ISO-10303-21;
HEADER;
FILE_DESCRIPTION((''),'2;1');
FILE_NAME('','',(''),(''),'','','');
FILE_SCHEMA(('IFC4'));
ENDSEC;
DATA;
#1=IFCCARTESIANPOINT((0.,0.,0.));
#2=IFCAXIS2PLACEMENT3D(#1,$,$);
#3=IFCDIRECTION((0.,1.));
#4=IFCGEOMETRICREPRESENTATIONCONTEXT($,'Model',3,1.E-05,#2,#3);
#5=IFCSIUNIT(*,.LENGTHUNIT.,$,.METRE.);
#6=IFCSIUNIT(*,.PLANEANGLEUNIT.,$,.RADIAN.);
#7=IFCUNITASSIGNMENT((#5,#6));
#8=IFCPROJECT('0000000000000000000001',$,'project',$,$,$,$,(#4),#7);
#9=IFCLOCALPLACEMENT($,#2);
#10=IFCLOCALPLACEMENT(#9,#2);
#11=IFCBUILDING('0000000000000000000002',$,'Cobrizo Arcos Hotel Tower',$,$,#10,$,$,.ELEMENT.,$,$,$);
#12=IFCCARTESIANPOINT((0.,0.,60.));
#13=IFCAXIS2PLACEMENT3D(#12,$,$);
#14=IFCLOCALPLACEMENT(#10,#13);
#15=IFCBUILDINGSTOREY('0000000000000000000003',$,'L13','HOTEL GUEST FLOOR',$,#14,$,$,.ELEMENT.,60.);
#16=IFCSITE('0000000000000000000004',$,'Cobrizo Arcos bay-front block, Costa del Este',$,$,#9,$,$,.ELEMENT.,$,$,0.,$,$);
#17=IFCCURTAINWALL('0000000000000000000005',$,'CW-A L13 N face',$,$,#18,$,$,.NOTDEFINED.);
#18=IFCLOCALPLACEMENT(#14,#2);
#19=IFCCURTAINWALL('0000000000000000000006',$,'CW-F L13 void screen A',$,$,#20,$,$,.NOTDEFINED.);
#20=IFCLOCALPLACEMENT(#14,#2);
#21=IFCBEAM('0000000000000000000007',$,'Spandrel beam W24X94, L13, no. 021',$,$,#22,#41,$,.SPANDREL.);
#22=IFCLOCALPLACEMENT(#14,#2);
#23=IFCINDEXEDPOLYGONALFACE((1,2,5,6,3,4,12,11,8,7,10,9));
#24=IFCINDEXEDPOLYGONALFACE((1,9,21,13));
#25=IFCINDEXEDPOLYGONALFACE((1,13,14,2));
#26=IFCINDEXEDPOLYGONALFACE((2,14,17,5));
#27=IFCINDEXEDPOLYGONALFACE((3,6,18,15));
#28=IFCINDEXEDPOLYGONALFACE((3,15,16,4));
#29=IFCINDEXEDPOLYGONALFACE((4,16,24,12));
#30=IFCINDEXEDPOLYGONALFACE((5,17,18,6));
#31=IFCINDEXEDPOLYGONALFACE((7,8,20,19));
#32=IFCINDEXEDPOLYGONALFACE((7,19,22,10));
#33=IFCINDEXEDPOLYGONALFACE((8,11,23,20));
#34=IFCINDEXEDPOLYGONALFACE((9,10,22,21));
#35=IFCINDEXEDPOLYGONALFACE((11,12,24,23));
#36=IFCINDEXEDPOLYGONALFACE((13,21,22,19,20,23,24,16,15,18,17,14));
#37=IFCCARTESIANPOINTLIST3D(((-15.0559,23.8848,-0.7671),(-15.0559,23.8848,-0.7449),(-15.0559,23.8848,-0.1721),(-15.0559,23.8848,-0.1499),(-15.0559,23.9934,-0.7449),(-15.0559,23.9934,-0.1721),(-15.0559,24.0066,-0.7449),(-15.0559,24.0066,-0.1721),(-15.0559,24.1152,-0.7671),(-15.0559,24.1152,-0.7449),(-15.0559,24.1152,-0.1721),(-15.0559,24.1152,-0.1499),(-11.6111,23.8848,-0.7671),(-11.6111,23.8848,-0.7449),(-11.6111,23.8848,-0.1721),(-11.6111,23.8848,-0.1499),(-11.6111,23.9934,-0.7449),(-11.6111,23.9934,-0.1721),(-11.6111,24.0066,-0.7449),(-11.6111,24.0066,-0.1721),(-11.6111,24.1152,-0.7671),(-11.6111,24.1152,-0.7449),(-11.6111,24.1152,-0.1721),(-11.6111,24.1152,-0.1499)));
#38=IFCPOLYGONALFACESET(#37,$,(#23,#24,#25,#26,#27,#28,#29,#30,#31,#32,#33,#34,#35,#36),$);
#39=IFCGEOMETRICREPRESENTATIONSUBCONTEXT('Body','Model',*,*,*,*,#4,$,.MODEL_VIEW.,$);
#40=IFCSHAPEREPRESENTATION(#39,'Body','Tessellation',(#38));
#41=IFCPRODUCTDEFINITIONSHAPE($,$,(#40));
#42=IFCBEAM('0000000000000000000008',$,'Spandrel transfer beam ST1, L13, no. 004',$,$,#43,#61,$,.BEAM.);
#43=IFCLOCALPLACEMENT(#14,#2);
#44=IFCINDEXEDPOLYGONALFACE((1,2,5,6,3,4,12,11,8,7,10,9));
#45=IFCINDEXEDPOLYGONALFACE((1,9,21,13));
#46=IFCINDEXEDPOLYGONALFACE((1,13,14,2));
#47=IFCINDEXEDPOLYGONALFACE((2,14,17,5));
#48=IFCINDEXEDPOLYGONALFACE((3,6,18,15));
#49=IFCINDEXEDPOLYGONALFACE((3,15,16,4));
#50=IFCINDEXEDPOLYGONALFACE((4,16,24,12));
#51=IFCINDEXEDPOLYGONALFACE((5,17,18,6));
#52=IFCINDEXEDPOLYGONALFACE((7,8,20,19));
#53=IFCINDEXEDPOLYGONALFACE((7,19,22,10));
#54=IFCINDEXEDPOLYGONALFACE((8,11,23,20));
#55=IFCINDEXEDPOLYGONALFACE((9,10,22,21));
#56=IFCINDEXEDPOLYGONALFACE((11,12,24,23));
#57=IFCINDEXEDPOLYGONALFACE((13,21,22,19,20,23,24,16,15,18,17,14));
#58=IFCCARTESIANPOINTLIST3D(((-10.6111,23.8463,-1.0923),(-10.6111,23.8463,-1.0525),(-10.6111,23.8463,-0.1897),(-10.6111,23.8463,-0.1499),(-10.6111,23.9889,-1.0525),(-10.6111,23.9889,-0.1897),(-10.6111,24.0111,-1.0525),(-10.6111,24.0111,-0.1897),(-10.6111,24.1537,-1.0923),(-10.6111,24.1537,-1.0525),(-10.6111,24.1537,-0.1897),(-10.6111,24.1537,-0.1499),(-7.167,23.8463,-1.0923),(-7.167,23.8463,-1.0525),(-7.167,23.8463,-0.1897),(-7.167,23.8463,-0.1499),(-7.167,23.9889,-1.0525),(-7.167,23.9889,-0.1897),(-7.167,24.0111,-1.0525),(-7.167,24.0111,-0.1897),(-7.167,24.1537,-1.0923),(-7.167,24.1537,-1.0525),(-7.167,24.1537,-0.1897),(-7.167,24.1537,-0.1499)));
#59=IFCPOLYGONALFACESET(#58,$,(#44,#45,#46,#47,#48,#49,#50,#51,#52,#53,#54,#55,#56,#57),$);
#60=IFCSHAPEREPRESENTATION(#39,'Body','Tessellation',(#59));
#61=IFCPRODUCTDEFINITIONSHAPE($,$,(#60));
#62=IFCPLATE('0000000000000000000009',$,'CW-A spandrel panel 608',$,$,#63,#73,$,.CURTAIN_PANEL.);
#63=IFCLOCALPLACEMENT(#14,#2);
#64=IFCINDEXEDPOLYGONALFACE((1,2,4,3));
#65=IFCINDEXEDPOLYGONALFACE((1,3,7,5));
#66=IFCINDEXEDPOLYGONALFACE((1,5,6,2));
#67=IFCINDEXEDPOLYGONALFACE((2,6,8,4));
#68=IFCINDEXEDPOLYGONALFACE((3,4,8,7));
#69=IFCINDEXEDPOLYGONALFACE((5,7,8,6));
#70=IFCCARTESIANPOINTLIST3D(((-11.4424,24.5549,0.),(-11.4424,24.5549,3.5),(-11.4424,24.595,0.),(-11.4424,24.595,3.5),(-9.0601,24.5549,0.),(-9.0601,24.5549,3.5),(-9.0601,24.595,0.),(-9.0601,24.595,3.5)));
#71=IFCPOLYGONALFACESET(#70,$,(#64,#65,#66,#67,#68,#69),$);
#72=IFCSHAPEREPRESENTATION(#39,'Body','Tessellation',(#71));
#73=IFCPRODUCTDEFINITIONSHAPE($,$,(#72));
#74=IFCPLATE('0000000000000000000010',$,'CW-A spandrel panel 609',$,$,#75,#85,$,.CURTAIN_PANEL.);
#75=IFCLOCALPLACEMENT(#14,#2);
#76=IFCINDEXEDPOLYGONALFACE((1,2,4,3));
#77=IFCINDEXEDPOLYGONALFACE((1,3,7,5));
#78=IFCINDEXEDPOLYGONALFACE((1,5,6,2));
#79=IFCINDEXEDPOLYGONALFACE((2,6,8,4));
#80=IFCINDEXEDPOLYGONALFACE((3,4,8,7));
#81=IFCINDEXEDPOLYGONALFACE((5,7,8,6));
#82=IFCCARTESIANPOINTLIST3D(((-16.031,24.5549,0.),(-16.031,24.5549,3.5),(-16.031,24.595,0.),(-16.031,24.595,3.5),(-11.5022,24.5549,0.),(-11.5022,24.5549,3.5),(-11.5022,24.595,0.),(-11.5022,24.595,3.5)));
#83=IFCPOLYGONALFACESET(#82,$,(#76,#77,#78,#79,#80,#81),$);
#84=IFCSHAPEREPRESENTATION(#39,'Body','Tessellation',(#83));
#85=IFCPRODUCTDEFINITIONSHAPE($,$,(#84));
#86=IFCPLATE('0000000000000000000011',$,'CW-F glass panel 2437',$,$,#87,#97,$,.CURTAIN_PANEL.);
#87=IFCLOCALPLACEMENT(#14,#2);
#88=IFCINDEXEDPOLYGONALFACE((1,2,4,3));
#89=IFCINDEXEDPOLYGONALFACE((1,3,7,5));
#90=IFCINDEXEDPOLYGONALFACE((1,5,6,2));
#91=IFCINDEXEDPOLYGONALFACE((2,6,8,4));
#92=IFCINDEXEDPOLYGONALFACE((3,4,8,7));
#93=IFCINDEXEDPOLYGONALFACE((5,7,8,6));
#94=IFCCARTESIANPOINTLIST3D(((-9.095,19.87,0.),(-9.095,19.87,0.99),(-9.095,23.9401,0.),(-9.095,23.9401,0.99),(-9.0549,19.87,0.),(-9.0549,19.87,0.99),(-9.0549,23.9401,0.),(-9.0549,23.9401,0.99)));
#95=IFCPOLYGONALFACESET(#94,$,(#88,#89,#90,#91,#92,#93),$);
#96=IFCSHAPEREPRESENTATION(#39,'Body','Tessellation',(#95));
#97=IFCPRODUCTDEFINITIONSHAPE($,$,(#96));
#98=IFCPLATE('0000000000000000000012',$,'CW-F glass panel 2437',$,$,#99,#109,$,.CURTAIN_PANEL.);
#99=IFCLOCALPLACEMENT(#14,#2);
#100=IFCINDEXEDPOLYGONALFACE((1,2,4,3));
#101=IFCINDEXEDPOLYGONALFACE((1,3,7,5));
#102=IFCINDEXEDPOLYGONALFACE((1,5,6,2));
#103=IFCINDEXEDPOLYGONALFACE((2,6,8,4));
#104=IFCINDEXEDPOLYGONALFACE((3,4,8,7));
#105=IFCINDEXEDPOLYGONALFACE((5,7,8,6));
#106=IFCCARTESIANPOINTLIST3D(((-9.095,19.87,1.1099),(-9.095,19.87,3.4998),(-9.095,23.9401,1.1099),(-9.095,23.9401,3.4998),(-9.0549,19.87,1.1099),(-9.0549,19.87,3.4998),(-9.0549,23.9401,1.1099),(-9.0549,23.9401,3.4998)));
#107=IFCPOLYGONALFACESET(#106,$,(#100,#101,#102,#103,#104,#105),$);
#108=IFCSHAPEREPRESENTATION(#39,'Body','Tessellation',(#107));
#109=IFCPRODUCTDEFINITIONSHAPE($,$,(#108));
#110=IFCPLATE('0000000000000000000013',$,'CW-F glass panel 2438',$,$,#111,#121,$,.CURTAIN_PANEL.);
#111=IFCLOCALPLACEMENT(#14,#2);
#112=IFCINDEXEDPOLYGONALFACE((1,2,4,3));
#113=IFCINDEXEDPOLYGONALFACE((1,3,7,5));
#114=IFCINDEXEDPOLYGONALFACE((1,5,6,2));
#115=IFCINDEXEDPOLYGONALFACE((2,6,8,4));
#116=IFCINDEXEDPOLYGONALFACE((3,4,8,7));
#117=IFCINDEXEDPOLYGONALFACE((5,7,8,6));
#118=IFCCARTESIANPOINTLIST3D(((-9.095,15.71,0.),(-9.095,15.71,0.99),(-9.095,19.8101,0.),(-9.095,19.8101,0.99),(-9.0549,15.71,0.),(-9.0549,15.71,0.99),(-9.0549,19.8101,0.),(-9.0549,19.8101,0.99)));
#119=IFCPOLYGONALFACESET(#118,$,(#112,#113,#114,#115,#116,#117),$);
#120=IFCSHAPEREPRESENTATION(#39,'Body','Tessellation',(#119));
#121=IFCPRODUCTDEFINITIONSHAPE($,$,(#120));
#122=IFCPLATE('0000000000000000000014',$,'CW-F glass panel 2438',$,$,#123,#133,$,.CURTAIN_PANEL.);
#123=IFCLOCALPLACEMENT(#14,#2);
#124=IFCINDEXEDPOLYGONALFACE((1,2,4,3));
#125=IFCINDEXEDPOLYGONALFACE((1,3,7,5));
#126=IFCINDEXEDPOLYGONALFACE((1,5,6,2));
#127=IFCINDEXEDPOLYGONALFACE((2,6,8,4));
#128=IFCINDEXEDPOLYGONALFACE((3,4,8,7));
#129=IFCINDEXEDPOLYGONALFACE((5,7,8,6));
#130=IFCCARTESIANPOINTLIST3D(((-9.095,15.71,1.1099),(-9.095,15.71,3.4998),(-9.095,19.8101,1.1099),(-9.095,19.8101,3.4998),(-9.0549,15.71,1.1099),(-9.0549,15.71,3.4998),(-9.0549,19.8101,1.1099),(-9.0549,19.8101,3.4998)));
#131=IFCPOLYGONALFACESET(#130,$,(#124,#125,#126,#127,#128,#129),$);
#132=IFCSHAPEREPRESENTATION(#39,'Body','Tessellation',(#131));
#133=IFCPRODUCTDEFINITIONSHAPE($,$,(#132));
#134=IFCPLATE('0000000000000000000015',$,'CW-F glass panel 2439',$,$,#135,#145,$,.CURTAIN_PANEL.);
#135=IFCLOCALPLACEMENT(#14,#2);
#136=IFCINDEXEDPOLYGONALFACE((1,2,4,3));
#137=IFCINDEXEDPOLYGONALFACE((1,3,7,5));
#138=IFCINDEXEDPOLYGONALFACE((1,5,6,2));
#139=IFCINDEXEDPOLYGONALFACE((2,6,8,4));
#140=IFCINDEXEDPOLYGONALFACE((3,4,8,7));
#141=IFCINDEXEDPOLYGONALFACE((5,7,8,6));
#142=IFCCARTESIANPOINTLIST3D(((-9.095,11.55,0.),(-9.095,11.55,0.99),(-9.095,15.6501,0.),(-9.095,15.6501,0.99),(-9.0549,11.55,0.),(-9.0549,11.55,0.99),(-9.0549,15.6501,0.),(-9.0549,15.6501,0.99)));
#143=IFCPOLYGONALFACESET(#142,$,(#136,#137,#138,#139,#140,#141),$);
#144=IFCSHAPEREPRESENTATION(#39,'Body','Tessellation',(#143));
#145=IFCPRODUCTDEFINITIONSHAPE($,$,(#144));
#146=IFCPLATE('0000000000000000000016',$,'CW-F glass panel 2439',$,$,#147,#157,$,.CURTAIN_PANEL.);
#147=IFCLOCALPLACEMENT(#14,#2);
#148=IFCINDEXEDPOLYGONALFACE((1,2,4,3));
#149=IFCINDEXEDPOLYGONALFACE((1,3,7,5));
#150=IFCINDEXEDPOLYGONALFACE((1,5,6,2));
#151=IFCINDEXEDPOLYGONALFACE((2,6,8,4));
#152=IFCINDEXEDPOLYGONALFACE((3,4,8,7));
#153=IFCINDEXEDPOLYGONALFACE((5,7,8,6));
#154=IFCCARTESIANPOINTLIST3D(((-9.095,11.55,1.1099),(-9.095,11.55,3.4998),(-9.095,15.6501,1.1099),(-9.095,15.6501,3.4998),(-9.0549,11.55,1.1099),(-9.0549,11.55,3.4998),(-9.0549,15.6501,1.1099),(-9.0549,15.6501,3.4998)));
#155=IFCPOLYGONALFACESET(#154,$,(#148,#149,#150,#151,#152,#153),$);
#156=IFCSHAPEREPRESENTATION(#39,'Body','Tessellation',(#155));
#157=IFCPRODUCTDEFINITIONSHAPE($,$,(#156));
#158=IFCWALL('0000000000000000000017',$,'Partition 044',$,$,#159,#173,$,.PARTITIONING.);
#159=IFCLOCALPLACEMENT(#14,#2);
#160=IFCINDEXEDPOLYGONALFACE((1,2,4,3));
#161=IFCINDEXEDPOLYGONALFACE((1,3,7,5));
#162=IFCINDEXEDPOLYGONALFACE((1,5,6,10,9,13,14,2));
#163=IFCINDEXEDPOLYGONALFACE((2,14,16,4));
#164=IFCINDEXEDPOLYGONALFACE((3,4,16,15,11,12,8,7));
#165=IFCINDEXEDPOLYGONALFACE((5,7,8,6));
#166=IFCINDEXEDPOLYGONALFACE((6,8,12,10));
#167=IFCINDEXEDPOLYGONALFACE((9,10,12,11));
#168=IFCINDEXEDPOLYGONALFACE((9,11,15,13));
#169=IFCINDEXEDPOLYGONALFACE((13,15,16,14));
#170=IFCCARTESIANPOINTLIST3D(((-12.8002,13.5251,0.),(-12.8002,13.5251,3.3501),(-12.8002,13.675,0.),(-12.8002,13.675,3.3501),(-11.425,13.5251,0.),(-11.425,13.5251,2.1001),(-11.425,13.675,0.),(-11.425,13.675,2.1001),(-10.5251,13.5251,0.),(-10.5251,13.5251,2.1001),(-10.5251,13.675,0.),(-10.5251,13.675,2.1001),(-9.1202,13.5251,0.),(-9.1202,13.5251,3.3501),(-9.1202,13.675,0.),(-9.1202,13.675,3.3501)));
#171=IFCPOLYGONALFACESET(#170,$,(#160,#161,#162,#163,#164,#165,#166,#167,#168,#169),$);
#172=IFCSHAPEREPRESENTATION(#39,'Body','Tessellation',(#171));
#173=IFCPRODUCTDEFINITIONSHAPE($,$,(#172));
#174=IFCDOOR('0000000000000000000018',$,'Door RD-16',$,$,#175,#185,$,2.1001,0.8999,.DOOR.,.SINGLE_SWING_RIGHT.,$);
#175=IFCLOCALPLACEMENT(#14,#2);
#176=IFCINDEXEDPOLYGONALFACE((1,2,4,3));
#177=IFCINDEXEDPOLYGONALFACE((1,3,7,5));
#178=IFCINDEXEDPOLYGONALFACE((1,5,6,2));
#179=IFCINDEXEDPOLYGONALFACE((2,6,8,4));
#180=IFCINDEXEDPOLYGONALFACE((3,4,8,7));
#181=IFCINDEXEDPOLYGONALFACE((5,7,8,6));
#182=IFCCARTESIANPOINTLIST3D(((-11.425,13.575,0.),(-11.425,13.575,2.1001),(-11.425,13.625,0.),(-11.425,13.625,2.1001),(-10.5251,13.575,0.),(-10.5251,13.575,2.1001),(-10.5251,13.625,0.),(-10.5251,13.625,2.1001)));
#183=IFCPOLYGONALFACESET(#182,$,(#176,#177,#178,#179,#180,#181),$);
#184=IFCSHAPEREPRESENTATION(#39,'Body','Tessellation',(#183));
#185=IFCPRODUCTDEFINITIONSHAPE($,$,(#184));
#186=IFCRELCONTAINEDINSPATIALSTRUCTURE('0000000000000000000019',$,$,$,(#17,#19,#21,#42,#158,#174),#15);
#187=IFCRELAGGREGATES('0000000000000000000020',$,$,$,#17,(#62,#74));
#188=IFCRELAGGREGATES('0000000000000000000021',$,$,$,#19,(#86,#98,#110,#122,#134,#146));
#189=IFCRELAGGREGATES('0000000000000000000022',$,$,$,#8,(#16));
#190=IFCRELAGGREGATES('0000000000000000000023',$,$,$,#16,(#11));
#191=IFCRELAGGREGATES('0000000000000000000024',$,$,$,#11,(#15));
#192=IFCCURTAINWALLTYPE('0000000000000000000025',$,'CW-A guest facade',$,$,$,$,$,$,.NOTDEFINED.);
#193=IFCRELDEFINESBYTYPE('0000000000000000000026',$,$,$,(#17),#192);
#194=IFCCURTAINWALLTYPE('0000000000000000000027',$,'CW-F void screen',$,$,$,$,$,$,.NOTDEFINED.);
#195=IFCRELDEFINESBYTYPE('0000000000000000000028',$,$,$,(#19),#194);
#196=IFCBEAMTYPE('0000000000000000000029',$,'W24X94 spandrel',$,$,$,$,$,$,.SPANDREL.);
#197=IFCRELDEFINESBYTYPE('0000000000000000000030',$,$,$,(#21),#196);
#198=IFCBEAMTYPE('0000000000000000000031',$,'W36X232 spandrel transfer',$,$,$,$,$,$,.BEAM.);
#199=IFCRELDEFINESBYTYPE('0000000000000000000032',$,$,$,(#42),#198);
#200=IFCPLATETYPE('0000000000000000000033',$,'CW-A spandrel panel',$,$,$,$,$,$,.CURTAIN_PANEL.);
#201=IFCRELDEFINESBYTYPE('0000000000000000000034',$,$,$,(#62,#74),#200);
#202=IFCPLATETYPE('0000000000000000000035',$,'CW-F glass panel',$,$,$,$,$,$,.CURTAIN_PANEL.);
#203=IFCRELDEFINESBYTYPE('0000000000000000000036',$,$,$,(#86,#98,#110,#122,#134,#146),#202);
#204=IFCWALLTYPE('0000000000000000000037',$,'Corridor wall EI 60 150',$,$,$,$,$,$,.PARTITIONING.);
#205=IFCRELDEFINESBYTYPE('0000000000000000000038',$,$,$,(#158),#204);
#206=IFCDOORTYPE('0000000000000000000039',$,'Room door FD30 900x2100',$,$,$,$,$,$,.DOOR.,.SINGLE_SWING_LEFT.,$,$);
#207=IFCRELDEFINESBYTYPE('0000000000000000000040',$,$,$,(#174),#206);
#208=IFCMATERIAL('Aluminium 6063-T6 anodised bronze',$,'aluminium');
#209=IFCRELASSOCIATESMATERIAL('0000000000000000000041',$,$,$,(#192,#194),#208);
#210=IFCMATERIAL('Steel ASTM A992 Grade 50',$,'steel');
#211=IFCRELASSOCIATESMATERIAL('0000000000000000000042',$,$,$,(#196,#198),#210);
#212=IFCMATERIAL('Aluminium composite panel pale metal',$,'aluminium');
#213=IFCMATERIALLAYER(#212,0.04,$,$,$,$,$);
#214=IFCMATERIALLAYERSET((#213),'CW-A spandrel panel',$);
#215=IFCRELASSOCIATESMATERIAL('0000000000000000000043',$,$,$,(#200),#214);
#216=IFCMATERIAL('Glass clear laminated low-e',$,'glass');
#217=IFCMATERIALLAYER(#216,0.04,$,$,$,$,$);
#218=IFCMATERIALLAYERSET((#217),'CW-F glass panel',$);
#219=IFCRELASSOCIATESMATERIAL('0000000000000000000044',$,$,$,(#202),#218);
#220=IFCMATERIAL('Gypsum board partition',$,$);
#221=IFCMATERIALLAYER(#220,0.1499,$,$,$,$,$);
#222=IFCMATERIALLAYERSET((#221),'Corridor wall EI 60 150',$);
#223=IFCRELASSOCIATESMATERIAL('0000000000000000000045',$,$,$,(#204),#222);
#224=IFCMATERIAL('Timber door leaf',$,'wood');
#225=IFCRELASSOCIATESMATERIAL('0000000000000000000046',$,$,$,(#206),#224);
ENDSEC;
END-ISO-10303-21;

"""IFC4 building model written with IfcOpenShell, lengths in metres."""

from ifc_helpers import new_model, si_unit, direction, frame, frame_2d, origin, origin_2d, place, context, subcontext, project, spatial, rectangle, i_section, extrude, material, layer, layer_set, material_profile, profile_set, type_object, element, fill, aggregate, save


model = new_model("IFC4")

# Units and contexts
model_context = context("Model", 3, precision=1e-05, world=origin(), true_north=direction((0.0, 1.0)))
body_context = subcontext(model_context, "Body", "Model", "MODEL_VIEW")
ifc_project = project(units=[si_unit("LENGTHUNIT", "METRE"), si_unit("PLANEANGLEUNIT", "RADIAN")], contexts=[model_context])

# Site, building, storey
site_placement = place(None, origin())
site = spatial("IfcSite", under=ifc_project, at=site_placement, Name="Cobrizo Arcos bay-front block, Costa del Este", CompositionType="ELEMENT", RefElevation=0.0)
building_placement = place(site_placement, origin())
building = spatial("IfcBuilding", under=site, at=building_placement, Name="Cobrizo Arcos Hotel Tower", CompositionType="ELEMENT")
storey_placement = place(building_placement, frame((0.0, 0.0, 60.0)))
storey = spatial("IfcBuildingStorey", under=building, at=storey_placement, Name="L13", Description="HOTEL GUEST FLOOR", CompositionType="ELEMENT", Elevation=60.0)

# Curtain walls
ifc_material_1 = material(Name="Aluminium 6063-T6 anodised bronze", Category="aluminium")
curtain_wall_type_1 = type_object("IfcCurtainWallType", Name="CW-A guest facade", PredefinedType="NOTDEFINED", material=ifc_material_1)
curtain_wall_1_placement = place(storey_placement, origin())
curtain_wall_1 = element("IfcCurtainWall", 1, at=curtain_wall_1_placement, inside=storey, type_object=curtain_wall_type_1, Name="CW-A L13 N face", PredefinedType="NOTDEFINED")
curtain_wall_type_2 = type_object("IfcCurtainWallType", Name="CW-F void screen", PredefinedType="NOTDEFINED", material=ifc_material_1)
curtain_wall_2_placement = place(storey_placement, origin())
curtain_wall_2 = element("IfcCurtainWall", 2, at=curtain_wall_2_placement, inside=storey, type_object=curtain_wall_type_2, Name="CW-F L13 void screen A", PredefinedType="NOTDEFINED")

# Beams
ifc_material_2 = material(Name="Steel ASTM A992 Grade 50", Category="steel")
ifc_material_profile_1 = material_profile(ifc_material_2, i_section(OverallWidth=0.2305, OverallDepth=0.6172, WebThickness=0.0132, FlangeThickness=0.0222, at=origin_2d()), Name="W24X94")
ifc_profile_set_1 = profile_set([ifc_material_profile_1], Name="Steel ASTM A992 Grade 50")
beam_type_1 = type_object("IfcBeamType", Name="W24X94 spandrel", PredefinedType="SPANDREL", material=ifc_profile_set_1)
beam_1_placement = place(storey_placement, frame((-11.6111, 24.0, -0.4585), z_axis=(-1.0, 0.0, 0.0), x_axis=(0.0, -1.0, 0.0)))
element("IfcBeam", 3, at=beam_1_placement, inside=storey, type_object=beam_type_1, Name="Spandrel beam W24X94, L13, no. 021", PredefinedType="SPANDREL", context=body_context, shape_type="SweptSolid", body=[
    extrude(i_section(OverallWidth=0.2305, OverallDepth=0.6172, WebThickness=0.0132, FlangeThickness=0.0222, at=origin_2d()), origin(), (0.0, 0.0, 1.0), 3.4448),
])
ifc_material_profile_2 = material_profile(ifc_material_2, i_section(OverallWidth=0.3074, OverallDepth=0.9424, WebThickness=0.0222, FlangeThickness=0.0398, at=origin_2d()), Name="W36X232")
ifc_profile_set_2 = profile_set([ifc_material_profile_2], Name="Steel ASTM A992 Grade 50")
beam_type_2 = type_object("IfcBeamType", Name="W36X232 spandrel transfer", PredefinedType="BEAM", material=ifc_profile_set_2)
beam_2_placement = place(storey_placement, frame((-7.167, 24.0, -0.6211), z_axis=(-1.0, 0.0, 0.0), x_axis=(0.0, -1.0, 0.0)))
element("IfcBeam", 4, at=beam_2_placement, inside=storey, type_object=beam_type_2, Name="Spandrel transfer beam ST1, L13, no. 004", PredefinedType="BEAM", context=body_context, shape_type="SweptSolid", body=[
    extrude(i_section(OverallWidth=0.3074, OverallDepth=0.9424, WebThickness=0.0222, FlangeThickness=0.0398, at=origin_2d()), origin(), (0.0, 0.0, 1.0), 3.4441),
])

# Plates
ifc_material_3 = material(Name="Aluminium composite panel pale metal", Category="aluminium")
ifc_layer_1 = layer(ifc_material_3, 0.04)
ifc_layer_set_1 = layer_set([ifc_layer_1], Name="CW-A spandrel panel")
plate_type_1 = type_object("IfcPlateType", Name="CW-A spandrel panel", PredefinedType="CURTAIN_PANEL", material=ifc_layer_set_1)
plate_1_placement = place(storey_placement, frame((-10.2512, 24.575, 0.0), z_axis=(0.0, 0.0, 1.0), x_axis=(-1.0, 0.0, 0.0)))
plate_1 = element("IfcPlate", 5, at=plate_1_placement, type_object=plate_type_1, Name="CW-A spandrel panel 608", PredefinedType="CURTAIN_PANEL", context=body_context, shape_type="SweptSolid", body=[
    extrude(rectangle(XDim=2.3823, YDim=0.04, at=origin_2d()), origin(), (0.0, 0.0, 1.0), 3.5),
])
plate_2_placement = place(storey_placement, frame((-13.7666, 24.575, 0.0), z_axis=(0.0, 0.0, 1.0), x_axis=(-1.0, 0.0, 0.0)))
plate_2 = element("IfcPlate", 6, at=plate_2_placement, type_object=plate_type_1, Name="CW-A spandrel panel 609", PredefinedType="CURTAIN_PANEL", context=body_context, shape_type="SweptSolid", body=[
    extrude(rectangle(XDim=4.5288, YDim=0.04, at=origin_2d()), origin(), (0.0, 0.0, 1.0), 3.5),
])
aggregate(curtain_wall_1, [plate_1, plate_2])
ifc_material_4 = material(Name="Glass clear laminated low-e", Category="glass")
ifc_layer_2 = layer(ifc_material_4, 0.04)
ifc_layer_set_2 = layer_set([ifc_layer_2], Name="CW-F glass panel")
plate_type_2 = type_object("IfcPlateType", Name="CW-F glass panel", PredefinedType="CURTAIN_PANEL", material=ifc_layer_set_2)
plate_3_placement = place(storey_placement, frame((-9.075, 21.905, 0.0), z_axis=(0.0, 0.0, 1.0), x_axis=(0.0, -1.0, 0.0)))
plate_3 = element("IfcPlate", 7, at=plate_3_placement, type_object=plate_type_2, Name="CW-F glass panel 2437", PredefinedType="CURTAIN_PANEL", context=body_context, shape_type="SweptSolid", body=[
    extrude(rectangle(XDim=4.0701, YDim=0.04, at=origin_2d()), origin(), (0.0, 0.0, 1.0), 0.99),
])
plate_4_placement = place(storey_placement, frame((-9.075, 21.905, 1.1099), z_axis=(0.0, 0.0, 1.0), x_axis=(0.0, -1.0, 0.0)))
plate_4 = element("IfcPlate", 8, at=plate_4_placement, type_object=plate_type_2, Name="CW-F glass panel 2437", PredefinedType="CURTAIN_PANEL", context=body_context, shape_type="SweptSolid", body=[
    extrude(rectangle(XDim=4.0701, YDim=0.04, at=origin_2d()), origin(), (0.0, 0.0, 1.0), 2.3899),
])
plate_5_placement = place(storey_placement, frame((-9.075, 17.76, 0.0), z_axis=(0.0, 0.0, 1.0), x_axis=(0.0, -1.0, 0.0)))
plate_5 = element("IfcPlate", 9, at=plate_5_placement, type_object=plate_type_2, Name="CW-F glass panel 2438", PredefinedType="CURTAIN_PANEL", context=body_context, shape_type="SweptSolid", body=[
    extrude(rectangle(XDim=4.1001, YDim=0.04, at=origin_2d()), origin(), (0.0, 0.0, 1.0), 0.99),
])
plate_6_placement = place(storey_placement, frame((-9.075, 17.76, 1.1099), z_axis=(0.0, 0.0, 1.0), x_axis=(0.0, -1.0, 0.0)))
plate_6 = element("IfcPlate", 10, at=plate_6_placement, type_object=plate_type_2, Name="CW-F glass panel 2438", PredefinedType="CURTAIN_PANEL", context=body_context, shape_type="SweptSolid", body=[
    extrude(rectangle(XDim=4.1001, YDim=0.04, at=origin_2d()), origin(), (0.0, 0.0, 1.0), 2.3899),
])
plate_7_placement = place(storey_placement, frame((-9.075, 13.6001, 0.0), z_axis=(0.0, 0.0, 1.0), x_axis=(0.0, -1.0, 0.0)))
plate_7 = element("IfcPlate", 11, at=plate_7_placement, type_object=plate_type_2, Name="CW-F glass panel 2439", PredefinedType="CURTAIN_PANEL", context=body_context, shape_type="SweptSolid", body=[
    extrude(rectangle(XDim=4.1001, YDim=0.04, at=origin_2d()), origin(), (0.0, 0.0, 1.0), 0.99),
])
plate_8_placement = place(storey_placement, frame((-9.075, 13.6001, 1.1099), z_axis=(0.0, 0.0, 1.0), x_axis=(0.0, -1.0, 0.0)))
plate_8 = element("IfcPlate", 12, at=plate_8_placement, type_object=plate_type_2, Name="CW-F glass panel 2439", PredefinedType="CURTAIN_PANEL", context=body_context, shape_type="SweptSolid", body=[
    extrude(rectangle(XDim=4.1001, YDim=0.04, at=origin_2d()), origin(), (0.0, 0.0, 1.0), 2.3899),
])
aggregate(curtain_wall_2, [plate_3, plate_4, plate_5, plate_6, plate_7, plate_8])

# Wall, opening, door
ifc_material_5 = material(Name="Gypsum board partition")
ifc_layer_3 = layer(ifc_material_5, 0.1499)
ifc_layer_set_3 = layer_set([ifc_layer_3], Name="Corridor wall EI 60 150")
wall_type_1 = type_object("IfcWallType", Name="Corridor wall EI 60 150", PredefinedType="PARTITIONING", material=ifc_layer_set_3)
wall_1_placement = place(storey_placement, frame((-12.8, 13.6001, 0.0), z_axis=(0.0, 0.0, 1.0), x_axis=(1.0, 0.0, 0.0)))
wall_1 = element("IfcWall", 13, at=wall_1_placement, inside=storey, type_object=wall_type_1, Name="Partition 044", PredefinedType="PARTITIONING", context=body_context, shape_type="SweptSolid", body=[
    extrude(rectangle(XDim=3.6799, YDim=0.1499, at=frame_2d((1.8398, 0.0))), origin(), (0.0, 0.0, 1.0), 3.3501),
])
opening_1_placement = place(wall_1_placement, frame((1.375, 0.0, 0.0)))
opening_1 = element("IfcOpeningElement", 14, at=opening_1_placement, cuts=wall_1, PredefinedType="OPENING", context=body_context, shape_type="SweptSolid", body=[
    extrude(rectangle(XDim=0.8999, YDim=2.1001, at=frame_2d((0.45, 1.05))), frame((0.0, 0.0869, 0.0), z_axis=(0.0, -1.0, 0.0), x_axis=(1.0, 0.0, 0.0)), (0.0, 0.0, 1.0), 0.1738),
])
ifc_material_6 = material(Name="Timber door leaf", Category="wood")
door_type_1 = type_object("IfcDoorType", Name="Room door FD30 900x2100", OperationType="SINGLE_SWING_LEFT", PredefinedType="DOOR", material=ifc_material_6)
door_1_placement = place(opening_1_placement, origin())
door_1 = element("IfcDoor", 15, at=door_1_placement, inside=storey, type_object=door_type_1, Name="Door RD-16", OperationType="SINGLE_SWING_RIGHT", OverallHeight=2.1001, OverallWidth=0.8999, PredefinedType="DOOR", context=body_context, shape_type="SweptSolid", body=[
    extrude(rectangle(XDim=0.8999, YDim=2.1001, at=frame_2d((0.45, 1.05))), frame((0.0, 0.0249, 0.0), z_axis=(0.0, -1.0, 0.0), x_axis=(1.0, 0.0, 0.0)), (0.0, 0.0, 1.0), 0.05),
])
fill(opening_1, door_1)

save(model, "model.ifc")
